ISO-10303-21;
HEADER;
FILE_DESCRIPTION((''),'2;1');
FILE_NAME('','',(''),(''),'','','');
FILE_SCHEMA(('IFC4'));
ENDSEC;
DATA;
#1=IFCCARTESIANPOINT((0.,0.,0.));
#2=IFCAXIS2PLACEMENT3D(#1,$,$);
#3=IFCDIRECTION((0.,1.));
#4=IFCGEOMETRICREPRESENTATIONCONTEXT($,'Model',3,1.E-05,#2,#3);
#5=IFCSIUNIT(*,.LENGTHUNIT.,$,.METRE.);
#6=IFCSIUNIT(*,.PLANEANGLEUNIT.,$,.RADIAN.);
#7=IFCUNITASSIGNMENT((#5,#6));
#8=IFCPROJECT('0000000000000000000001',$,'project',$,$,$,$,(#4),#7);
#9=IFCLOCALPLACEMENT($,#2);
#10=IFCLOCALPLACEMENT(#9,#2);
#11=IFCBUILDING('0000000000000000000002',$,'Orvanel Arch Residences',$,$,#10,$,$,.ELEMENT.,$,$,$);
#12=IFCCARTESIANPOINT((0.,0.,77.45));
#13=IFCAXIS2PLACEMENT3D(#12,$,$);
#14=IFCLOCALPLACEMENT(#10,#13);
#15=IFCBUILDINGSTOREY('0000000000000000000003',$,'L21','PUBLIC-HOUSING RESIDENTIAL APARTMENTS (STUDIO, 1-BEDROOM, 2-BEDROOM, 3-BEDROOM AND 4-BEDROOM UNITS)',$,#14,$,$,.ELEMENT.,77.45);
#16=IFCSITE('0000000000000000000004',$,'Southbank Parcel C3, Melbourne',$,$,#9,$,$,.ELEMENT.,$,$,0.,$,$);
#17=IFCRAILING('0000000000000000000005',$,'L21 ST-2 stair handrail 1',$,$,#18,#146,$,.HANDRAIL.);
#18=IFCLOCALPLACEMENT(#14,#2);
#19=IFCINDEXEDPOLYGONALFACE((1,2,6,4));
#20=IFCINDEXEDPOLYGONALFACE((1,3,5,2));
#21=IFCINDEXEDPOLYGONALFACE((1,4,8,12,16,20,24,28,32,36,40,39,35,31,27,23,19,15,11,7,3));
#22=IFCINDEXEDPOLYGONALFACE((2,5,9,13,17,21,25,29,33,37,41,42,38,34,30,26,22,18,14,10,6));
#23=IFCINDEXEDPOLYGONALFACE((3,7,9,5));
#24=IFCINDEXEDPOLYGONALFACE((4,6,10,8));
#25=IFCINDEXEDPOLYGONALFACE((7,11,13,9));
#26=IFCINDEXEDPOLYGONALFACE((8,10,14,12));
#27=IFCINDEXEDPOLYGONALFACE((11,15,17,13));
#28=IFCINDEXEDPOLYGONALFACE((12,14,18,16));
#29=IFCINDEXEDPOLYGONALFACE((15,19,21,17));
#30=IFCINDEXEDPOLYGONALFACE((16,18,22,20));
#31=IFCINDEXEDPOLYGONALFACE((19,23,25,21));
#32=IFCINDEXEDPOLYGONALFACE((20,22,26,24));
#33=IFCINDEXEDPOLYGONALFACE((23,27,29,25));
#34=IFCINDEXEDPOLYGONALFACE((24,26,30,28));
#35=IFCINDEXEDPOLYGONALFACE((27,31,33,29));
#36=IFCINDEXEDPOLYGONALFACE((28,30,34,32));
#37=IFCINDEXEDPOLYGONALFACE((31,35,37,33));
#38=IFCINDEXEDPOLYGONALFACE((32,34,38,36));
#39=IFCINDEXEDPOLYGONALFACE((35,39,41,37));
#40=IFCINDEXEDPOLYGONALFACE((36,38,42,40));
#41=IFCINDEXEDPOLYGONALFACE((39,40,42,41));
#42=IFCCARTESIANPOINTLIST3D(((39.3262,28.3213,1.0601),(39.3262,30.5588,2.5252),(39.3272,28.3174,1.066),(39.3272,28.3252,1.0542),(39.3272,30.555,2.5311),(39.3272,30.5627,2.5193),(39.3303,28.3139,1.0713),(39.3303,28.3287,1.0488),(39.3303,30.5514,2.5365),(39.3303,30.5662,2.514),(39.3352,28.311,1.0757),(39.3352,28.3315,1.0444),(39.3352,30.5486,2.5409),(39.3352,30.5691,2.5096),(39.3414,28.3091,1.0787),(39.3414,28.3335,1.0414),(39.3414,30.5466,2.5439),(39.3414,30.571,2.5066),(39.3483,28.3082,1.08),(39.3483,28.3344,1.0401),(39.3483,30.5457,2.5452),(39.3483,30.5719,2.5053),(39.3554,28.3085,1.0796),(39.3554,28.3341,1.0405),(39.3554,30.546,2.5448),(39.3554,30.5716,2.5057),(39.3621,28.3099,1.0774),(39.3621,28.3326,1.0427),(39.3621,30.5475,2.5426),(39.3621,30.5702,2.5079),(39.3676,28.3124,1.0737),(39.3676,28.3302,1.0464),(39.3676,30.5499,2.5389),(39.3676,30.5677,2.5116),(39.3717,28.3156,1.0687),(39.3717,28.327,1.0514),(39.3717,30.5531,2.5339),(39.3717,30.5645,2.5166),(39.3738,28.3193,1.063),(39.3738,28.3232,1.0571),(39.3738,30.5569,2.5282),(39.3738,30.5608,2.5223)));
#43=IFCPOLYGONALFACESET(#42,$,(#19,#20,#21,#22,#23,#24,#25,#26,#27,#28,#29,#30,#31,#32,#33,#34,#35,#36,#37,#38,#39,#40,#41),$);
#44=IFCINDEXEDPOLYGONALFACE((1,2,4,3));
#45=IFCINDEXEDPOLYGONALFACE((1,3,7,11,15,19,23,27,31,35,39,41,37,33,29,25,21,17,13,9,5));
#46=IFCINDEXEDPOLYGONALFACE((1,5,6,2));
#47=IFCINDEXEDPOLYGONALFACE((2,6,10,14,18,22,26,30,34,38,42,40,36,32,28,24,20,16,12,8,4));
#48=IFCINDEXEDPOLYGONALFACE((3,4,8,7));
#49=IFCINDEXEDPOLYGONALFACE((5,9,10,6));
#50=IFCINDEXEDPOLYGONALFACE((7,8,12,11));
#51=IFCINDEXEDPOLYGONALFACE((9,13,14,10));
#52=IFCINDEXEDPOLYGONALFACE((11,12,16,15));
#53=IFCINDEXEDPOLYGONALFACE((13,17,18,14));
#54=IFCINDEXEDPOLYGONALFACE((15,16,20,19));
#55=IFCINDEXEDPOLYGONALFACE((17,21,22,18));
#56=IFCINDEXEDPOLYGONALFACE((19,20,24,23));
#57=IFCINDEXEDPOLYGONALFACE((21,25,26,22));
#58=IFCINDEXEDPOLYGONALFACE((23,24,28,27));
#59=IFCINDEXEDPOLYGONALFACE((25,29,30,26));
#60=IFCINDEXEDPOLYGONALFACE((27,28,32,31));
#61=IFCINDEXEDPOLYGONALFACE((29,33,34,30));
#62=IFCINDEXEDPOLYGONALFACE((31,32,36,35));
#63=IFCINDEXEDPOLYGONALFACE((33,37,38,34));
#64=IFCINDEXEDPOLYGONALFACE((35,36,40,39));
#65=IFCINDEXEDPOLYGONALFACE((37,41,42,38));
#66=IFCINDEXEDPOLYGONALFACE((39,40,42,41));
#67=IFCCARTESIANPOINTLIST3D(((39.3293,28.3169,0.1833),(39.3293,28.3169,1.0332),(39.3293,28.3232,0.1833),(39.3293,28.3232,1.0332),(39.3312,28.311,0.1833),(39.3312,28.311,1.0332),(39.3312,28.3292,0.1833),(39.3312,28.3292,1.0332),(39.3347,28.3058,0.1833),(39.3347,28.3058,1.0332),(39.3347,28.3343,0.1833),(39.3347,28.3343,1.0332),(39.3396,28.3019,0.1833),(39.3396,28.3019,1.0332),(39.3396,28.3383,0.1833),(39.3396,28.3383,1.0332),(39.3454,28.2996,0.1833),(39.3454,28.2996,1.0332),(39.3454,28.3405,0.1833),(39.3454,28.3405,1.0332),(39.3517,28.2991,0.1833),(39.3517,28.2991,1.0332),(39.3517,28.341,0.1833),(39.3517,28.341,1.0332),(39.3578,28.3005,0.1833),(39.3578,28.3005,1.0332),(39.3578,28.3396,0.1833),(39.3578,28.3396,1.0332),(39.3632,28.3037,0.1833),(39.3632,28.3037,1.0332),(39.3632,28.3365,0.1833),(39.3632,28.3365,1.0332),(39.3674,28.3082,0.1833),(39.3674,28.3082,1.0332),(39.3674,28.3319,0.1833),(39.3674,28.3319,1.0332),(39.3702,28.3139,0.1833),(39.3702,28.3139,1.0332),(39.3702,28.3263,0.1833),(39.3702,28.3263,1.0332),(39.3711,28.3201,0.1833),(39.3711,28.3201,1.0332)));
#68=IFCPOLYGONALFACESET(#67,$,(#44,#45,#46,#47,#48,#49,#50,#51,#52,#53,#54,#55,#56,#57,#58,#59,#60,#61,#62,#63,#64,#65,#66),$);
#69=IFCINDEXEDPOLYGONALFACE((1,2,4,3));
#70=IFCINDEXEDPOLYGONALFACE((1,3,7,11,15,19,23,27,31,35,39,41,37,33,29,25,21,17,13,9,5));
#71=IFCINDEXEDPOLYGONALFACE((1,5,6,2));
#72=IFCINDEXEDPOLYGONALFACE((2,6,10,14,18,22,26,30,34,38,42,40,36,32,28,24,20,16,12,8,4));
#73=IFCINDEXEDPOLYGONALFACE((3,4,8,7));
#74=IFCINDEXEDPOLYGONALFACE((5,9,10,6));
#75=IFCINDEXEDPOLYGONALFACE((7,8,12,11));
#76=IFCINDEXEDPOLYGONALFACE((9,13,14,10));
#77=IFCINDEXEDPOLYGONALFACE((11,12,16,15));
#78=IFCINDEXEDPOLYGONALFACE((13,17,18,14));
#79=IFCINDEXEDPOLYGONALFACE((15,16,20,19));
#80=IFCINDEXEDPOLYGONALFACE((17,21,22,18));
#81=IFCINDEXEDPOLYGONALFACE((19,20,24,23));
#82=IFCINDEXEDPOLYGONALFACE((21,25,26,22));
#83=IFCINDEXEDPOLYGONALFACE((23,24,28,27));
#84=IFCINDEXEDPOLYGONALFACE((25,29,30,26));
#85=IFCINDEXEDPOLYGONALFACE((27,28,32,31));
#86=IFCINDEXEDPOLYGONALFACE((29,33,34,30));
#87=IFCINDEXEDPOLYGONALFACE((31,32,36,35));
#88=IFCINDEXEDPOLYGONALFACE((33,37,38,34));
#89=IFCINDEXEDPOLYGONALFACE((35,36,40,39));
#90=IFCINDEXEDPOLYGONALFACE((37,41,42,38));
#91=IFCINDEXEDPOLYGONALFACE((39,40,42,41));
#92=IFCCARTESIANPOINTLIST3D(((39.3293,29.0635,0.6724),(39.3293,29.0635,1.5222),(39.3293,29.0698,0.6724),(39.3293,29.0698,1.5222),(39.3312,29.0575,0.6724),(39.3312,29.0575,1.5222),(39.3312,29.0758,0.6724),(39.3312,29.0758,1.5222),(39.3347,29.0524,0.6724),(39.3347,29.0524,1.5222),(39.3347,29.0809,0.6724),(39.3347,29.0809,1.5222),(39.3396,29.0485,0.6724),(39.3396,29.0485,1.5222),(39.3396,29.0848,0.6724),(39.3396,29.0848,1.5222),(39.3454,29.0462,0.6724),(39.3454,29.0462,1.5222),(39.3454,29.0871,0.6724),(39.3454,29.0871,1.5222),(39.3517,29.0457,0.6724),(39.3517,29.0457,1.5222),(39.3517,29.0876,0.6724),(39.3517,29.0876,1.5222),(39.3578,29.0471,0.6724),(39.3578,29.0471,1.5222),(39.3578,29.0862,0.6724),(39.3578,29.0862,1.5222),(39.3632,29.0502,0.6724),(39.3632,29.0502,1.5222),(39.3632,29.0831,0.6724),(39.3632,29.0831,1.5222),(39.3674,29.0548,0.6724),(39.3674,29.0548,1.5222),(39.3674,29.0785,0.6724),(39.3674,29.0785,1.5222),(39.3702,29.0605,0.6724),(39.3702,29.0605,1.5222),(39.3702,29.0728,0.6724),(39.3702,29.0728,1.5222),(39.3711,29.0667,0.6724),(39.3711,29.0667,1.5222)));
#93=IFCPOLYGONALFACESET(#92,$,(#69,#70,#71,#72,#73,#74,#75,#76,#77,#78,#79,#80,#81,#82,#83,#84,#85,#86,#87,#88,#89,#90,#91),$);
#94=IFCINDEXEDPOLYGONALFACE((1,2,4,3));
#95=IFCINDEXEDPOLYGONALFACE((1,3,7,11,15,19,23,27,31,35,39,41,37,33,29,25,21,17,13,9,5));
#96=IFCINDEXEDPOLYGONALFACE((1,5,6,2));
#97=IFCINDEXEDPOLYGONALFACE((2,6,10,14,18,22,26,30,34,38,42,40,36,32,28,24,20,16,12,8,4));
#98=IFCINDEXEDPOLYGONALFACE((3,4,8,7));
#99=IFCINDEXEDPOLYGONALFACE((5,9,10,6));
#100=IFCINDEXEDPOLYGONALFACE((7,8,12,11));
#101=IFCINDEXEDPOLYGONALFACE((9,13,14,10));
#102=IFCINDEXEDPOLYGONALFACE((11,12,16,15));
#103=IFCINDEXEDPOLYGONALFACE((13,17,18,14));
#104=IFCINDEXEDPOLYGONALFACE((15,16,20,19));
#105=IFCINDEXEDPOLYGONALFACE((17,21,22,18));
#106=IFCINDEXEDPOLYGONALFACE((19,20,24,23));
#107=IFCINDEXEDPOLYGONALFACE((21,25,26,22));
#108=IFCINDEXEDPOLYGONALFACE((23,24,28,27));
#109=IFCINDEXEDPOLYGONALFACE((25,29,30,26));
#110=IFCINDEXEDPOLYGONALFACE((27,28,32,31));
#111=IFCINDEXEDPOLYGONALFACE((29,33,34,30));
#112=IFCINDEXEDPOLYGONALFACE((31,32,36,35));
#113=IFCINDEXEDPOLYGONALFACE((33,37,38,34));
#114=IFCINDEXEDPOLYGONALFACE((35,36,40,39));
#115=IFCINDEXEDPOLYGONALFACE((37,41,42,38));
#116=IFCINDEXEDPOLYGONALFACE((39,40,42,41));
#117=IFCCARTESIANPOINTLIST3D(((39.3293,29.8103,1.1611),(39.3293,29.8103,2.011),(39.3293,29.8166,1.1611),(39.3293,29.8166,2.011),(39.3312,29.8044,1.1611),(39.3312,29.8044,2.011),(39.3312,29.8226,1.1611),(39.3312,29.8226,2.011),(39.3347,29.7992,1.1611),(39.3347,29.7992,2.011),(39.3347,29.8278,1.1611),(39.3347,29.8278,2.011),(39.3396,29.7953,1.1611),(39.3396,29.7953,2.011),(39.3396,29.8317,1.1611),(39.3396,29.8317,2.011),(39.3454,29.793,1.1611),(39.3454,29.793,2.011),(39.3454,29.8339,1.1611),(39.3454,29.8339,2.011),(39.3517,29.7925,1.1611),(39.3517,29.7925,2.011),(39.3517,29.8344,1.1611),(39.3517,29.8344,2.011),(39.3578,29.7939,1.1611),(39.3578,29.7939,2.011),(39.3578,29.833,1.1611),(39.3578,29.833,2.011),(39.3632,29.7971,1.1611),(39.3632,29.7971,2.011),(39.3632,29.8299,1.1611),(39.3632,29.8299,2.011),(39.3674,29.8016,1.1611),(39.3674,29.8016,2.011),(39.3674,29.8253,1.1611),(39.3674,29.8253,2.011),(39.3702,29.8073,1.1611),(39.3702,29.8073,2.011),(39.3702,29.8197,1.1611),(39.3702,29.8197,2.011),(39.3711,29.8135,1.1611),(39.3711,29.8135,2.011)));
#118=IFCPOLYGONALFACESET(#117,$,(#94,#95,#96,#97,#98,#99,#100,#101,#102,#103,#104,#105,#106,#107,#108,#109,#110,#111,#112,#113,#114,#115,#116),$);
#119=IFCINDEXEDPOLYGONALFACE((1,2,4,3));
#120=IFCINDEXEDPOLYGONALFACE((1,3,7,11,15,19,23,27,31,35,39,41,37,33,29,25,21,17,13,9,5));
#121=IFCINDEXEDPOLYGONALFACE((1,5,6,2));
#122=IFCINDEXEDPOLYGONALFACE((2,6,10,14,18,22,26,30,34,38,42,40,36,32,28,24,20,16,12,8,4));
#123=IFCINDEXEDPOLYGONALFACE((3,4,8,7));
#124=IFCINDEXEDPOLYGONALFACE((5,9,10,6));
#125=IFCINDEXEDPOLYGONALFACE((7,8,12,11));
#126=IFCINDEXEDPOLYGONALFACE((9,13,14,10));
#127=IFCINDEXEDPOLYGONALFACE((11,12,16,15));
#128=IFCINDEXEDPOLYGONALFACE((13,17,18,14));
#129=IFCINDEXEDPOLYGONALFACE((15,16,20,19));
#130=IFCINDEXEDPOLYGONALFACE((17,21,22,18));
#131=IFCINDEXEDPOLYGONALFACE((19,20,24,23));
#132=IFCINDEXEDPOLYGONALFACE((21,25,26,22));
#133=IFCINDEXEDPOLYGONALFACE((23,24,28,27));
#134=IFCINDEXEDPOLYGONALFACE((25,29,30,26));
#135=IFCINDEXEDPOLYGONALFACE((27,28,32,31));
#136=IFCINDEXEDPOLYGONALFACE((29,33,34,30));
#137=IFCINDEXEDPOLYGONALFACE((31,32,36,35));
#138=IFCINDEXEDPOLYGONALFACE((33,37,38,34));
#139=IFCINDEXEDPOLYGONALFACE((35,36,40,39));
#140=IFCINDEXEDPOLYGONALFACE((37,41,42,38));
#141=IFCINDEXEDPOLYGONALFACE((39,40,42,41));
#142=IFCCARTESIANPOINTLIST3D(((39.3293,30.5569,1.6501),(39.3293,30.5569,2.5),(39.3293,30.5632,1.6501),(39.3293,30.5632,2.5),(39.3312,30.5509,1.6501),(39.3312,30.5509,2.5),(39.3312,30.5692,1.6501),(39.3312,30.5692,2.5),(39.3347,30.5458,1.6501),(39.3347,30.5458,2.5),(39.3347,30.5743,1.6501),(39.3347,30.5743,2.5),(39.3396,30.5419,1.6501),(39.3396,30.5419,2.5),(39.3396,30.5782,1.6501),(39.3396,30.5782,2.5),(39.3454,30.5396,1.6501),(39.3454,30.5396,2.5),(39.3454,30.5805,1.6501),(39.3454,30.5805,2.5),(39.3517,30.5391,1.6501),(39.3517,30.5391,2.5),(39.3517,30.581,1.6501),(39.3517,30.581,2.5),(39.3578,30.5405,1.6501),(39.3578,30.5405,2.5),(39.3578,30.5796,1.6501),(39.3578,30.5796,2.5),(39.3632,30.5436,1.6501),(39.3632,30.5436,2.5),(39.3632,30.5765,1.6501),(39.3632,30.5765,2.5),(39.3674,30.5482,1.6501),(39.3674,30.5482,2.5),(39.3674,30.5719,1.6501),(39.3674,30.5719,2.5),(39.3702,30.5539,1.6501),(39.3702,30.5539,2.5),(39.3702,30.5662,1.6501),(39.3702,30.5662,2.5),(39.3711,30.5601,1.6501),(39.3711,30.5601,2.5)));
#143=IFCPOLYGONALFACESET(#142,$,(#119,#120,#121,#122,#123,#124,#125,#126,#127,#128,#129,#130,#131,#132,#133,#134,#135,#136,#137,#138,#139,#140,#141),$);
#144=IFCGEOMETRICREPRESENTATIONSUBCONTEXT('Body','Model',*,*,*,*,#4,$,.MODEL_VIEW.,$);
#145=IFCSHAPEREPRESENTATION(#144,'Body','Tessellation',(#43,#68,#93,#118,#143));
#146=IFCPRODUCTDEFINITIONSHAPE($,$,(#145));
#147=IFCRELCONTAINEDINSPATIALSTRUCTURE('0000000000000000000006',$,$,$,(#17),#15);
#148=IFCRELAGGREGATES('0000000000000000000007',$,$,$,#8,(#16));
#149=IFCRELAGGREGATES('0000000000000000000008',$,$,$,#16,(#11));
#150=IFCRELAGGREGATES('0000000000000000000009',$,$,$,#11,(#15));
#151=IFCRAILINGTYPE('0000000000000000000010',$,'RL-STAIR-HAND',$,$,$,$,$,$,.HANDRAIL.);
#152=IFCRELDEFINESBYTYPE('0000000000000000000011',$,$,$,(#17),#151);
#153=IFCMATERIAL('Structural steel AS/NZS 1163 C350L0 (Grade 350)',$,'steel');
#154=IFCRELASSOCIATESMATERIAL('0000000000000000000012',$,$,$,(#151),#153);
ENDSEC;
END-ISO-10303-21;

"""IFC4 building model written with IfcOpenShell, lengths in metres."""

from ifc_helpers import new_model, si_unit, direction, frame, origin, origin_2d, place, context, subcontext, project, spatial, circle, extrude, material, type_object, element, save


model = new_model("IFC4")

# Units and contexts
model_context = context("Model", 3, precision=1e-05, world=origin(), true_north=direction((0.0, 1.0)))
body_context = subcontext(model_context, "Body", "Model", "MODEL_VIEW")
ifc_project = project(units=[si_unit("LENGTHUNIT", "METRE"), si_unit("PLANEANGLEUNIT", "RADIAN")], contexts=[model_context])

# Site, building, storey
site_placement = place(None, origin())
site = spatial("IfcSite", under=ifc_project, at=site_placement, Name="Southbank Parcel C3, Melbourne", CompositionType="ELEMENT", RefElevation=0.0)
building_placement = place(site_placement, origin())
building = spatial("IfcBuilding", under=site, at=building_placement, Name="Orvanel Arch Residences", CompositionType="ELEMENT")
storey_placement = place(building_placement, frame((0.0, 0.0, 77.45)))
storey = spatial("IfcBuildingStorey", under=building, at=storey_placement, Name="L21", Description="PUBLIC-HOUSING RESIDENTIAL APARTMENTS (STUDIO, 1-BEDROOM, 2-BEDROOM, 3-BEDROOM AND 4-BEDROOM UNITS)", CompositionType="ELEMENT", Elevation=77.45)

# Railing
ifc_material_1 = material(Name="Structural steel AS/NZS 1163 C350L0 (Grade 350)", Category="steel")
railing_type_1 = type_object("IfcRailingType", Name="RL-STAIR-HAND", PredefinedType="HANDRAIL", material=ifc_material_1)
railing_1_placement = place(storey_placement, frame((39.3501, 28.3201, 0.1833)))
element("IfcRailing", 1, at=railing_1_placement, inside=storey, type_object=railing_type_1, Name="L21 ST-2 stair handrail 1", PredefinedType="HANDRAIL", context=body_context, shape_type="SweptSolid", body=[
    extrude(circle(Radius=0.0239, at=origin_2d()), frame((0.0, 0.0012, 0.8767), z_axis=(0.0, 0.836595, 0.547822), x_axis=(-1.0, 0.0, 0.0)), (0.0, 0.0, 1.0), 2.6746),
    extrude(circle(Radius=0.021, at=origin_2d()), origin(), (0.0, 0.0, 1.0), 0.8499),
    extrude(circle(Radius=0.021, at=origin_2d()), frame((0.0, 0.7466, 0.489)), (0.0, 0.0, 1.0), 0.8499),
    extrude(circle(Radius=0.021, at=origin_2d()), frame((0.0, 1.4934, 0.9778)), (0.0, 0.0, 1.0), 0.8499),
    extrude(circle(Radius=0.021, at=origin_2d()), frame((0.0, 2.24, 1.4668)), (0.0, 0.0, 1.0), 0.8499),
])

save(model, "model.ifc")
